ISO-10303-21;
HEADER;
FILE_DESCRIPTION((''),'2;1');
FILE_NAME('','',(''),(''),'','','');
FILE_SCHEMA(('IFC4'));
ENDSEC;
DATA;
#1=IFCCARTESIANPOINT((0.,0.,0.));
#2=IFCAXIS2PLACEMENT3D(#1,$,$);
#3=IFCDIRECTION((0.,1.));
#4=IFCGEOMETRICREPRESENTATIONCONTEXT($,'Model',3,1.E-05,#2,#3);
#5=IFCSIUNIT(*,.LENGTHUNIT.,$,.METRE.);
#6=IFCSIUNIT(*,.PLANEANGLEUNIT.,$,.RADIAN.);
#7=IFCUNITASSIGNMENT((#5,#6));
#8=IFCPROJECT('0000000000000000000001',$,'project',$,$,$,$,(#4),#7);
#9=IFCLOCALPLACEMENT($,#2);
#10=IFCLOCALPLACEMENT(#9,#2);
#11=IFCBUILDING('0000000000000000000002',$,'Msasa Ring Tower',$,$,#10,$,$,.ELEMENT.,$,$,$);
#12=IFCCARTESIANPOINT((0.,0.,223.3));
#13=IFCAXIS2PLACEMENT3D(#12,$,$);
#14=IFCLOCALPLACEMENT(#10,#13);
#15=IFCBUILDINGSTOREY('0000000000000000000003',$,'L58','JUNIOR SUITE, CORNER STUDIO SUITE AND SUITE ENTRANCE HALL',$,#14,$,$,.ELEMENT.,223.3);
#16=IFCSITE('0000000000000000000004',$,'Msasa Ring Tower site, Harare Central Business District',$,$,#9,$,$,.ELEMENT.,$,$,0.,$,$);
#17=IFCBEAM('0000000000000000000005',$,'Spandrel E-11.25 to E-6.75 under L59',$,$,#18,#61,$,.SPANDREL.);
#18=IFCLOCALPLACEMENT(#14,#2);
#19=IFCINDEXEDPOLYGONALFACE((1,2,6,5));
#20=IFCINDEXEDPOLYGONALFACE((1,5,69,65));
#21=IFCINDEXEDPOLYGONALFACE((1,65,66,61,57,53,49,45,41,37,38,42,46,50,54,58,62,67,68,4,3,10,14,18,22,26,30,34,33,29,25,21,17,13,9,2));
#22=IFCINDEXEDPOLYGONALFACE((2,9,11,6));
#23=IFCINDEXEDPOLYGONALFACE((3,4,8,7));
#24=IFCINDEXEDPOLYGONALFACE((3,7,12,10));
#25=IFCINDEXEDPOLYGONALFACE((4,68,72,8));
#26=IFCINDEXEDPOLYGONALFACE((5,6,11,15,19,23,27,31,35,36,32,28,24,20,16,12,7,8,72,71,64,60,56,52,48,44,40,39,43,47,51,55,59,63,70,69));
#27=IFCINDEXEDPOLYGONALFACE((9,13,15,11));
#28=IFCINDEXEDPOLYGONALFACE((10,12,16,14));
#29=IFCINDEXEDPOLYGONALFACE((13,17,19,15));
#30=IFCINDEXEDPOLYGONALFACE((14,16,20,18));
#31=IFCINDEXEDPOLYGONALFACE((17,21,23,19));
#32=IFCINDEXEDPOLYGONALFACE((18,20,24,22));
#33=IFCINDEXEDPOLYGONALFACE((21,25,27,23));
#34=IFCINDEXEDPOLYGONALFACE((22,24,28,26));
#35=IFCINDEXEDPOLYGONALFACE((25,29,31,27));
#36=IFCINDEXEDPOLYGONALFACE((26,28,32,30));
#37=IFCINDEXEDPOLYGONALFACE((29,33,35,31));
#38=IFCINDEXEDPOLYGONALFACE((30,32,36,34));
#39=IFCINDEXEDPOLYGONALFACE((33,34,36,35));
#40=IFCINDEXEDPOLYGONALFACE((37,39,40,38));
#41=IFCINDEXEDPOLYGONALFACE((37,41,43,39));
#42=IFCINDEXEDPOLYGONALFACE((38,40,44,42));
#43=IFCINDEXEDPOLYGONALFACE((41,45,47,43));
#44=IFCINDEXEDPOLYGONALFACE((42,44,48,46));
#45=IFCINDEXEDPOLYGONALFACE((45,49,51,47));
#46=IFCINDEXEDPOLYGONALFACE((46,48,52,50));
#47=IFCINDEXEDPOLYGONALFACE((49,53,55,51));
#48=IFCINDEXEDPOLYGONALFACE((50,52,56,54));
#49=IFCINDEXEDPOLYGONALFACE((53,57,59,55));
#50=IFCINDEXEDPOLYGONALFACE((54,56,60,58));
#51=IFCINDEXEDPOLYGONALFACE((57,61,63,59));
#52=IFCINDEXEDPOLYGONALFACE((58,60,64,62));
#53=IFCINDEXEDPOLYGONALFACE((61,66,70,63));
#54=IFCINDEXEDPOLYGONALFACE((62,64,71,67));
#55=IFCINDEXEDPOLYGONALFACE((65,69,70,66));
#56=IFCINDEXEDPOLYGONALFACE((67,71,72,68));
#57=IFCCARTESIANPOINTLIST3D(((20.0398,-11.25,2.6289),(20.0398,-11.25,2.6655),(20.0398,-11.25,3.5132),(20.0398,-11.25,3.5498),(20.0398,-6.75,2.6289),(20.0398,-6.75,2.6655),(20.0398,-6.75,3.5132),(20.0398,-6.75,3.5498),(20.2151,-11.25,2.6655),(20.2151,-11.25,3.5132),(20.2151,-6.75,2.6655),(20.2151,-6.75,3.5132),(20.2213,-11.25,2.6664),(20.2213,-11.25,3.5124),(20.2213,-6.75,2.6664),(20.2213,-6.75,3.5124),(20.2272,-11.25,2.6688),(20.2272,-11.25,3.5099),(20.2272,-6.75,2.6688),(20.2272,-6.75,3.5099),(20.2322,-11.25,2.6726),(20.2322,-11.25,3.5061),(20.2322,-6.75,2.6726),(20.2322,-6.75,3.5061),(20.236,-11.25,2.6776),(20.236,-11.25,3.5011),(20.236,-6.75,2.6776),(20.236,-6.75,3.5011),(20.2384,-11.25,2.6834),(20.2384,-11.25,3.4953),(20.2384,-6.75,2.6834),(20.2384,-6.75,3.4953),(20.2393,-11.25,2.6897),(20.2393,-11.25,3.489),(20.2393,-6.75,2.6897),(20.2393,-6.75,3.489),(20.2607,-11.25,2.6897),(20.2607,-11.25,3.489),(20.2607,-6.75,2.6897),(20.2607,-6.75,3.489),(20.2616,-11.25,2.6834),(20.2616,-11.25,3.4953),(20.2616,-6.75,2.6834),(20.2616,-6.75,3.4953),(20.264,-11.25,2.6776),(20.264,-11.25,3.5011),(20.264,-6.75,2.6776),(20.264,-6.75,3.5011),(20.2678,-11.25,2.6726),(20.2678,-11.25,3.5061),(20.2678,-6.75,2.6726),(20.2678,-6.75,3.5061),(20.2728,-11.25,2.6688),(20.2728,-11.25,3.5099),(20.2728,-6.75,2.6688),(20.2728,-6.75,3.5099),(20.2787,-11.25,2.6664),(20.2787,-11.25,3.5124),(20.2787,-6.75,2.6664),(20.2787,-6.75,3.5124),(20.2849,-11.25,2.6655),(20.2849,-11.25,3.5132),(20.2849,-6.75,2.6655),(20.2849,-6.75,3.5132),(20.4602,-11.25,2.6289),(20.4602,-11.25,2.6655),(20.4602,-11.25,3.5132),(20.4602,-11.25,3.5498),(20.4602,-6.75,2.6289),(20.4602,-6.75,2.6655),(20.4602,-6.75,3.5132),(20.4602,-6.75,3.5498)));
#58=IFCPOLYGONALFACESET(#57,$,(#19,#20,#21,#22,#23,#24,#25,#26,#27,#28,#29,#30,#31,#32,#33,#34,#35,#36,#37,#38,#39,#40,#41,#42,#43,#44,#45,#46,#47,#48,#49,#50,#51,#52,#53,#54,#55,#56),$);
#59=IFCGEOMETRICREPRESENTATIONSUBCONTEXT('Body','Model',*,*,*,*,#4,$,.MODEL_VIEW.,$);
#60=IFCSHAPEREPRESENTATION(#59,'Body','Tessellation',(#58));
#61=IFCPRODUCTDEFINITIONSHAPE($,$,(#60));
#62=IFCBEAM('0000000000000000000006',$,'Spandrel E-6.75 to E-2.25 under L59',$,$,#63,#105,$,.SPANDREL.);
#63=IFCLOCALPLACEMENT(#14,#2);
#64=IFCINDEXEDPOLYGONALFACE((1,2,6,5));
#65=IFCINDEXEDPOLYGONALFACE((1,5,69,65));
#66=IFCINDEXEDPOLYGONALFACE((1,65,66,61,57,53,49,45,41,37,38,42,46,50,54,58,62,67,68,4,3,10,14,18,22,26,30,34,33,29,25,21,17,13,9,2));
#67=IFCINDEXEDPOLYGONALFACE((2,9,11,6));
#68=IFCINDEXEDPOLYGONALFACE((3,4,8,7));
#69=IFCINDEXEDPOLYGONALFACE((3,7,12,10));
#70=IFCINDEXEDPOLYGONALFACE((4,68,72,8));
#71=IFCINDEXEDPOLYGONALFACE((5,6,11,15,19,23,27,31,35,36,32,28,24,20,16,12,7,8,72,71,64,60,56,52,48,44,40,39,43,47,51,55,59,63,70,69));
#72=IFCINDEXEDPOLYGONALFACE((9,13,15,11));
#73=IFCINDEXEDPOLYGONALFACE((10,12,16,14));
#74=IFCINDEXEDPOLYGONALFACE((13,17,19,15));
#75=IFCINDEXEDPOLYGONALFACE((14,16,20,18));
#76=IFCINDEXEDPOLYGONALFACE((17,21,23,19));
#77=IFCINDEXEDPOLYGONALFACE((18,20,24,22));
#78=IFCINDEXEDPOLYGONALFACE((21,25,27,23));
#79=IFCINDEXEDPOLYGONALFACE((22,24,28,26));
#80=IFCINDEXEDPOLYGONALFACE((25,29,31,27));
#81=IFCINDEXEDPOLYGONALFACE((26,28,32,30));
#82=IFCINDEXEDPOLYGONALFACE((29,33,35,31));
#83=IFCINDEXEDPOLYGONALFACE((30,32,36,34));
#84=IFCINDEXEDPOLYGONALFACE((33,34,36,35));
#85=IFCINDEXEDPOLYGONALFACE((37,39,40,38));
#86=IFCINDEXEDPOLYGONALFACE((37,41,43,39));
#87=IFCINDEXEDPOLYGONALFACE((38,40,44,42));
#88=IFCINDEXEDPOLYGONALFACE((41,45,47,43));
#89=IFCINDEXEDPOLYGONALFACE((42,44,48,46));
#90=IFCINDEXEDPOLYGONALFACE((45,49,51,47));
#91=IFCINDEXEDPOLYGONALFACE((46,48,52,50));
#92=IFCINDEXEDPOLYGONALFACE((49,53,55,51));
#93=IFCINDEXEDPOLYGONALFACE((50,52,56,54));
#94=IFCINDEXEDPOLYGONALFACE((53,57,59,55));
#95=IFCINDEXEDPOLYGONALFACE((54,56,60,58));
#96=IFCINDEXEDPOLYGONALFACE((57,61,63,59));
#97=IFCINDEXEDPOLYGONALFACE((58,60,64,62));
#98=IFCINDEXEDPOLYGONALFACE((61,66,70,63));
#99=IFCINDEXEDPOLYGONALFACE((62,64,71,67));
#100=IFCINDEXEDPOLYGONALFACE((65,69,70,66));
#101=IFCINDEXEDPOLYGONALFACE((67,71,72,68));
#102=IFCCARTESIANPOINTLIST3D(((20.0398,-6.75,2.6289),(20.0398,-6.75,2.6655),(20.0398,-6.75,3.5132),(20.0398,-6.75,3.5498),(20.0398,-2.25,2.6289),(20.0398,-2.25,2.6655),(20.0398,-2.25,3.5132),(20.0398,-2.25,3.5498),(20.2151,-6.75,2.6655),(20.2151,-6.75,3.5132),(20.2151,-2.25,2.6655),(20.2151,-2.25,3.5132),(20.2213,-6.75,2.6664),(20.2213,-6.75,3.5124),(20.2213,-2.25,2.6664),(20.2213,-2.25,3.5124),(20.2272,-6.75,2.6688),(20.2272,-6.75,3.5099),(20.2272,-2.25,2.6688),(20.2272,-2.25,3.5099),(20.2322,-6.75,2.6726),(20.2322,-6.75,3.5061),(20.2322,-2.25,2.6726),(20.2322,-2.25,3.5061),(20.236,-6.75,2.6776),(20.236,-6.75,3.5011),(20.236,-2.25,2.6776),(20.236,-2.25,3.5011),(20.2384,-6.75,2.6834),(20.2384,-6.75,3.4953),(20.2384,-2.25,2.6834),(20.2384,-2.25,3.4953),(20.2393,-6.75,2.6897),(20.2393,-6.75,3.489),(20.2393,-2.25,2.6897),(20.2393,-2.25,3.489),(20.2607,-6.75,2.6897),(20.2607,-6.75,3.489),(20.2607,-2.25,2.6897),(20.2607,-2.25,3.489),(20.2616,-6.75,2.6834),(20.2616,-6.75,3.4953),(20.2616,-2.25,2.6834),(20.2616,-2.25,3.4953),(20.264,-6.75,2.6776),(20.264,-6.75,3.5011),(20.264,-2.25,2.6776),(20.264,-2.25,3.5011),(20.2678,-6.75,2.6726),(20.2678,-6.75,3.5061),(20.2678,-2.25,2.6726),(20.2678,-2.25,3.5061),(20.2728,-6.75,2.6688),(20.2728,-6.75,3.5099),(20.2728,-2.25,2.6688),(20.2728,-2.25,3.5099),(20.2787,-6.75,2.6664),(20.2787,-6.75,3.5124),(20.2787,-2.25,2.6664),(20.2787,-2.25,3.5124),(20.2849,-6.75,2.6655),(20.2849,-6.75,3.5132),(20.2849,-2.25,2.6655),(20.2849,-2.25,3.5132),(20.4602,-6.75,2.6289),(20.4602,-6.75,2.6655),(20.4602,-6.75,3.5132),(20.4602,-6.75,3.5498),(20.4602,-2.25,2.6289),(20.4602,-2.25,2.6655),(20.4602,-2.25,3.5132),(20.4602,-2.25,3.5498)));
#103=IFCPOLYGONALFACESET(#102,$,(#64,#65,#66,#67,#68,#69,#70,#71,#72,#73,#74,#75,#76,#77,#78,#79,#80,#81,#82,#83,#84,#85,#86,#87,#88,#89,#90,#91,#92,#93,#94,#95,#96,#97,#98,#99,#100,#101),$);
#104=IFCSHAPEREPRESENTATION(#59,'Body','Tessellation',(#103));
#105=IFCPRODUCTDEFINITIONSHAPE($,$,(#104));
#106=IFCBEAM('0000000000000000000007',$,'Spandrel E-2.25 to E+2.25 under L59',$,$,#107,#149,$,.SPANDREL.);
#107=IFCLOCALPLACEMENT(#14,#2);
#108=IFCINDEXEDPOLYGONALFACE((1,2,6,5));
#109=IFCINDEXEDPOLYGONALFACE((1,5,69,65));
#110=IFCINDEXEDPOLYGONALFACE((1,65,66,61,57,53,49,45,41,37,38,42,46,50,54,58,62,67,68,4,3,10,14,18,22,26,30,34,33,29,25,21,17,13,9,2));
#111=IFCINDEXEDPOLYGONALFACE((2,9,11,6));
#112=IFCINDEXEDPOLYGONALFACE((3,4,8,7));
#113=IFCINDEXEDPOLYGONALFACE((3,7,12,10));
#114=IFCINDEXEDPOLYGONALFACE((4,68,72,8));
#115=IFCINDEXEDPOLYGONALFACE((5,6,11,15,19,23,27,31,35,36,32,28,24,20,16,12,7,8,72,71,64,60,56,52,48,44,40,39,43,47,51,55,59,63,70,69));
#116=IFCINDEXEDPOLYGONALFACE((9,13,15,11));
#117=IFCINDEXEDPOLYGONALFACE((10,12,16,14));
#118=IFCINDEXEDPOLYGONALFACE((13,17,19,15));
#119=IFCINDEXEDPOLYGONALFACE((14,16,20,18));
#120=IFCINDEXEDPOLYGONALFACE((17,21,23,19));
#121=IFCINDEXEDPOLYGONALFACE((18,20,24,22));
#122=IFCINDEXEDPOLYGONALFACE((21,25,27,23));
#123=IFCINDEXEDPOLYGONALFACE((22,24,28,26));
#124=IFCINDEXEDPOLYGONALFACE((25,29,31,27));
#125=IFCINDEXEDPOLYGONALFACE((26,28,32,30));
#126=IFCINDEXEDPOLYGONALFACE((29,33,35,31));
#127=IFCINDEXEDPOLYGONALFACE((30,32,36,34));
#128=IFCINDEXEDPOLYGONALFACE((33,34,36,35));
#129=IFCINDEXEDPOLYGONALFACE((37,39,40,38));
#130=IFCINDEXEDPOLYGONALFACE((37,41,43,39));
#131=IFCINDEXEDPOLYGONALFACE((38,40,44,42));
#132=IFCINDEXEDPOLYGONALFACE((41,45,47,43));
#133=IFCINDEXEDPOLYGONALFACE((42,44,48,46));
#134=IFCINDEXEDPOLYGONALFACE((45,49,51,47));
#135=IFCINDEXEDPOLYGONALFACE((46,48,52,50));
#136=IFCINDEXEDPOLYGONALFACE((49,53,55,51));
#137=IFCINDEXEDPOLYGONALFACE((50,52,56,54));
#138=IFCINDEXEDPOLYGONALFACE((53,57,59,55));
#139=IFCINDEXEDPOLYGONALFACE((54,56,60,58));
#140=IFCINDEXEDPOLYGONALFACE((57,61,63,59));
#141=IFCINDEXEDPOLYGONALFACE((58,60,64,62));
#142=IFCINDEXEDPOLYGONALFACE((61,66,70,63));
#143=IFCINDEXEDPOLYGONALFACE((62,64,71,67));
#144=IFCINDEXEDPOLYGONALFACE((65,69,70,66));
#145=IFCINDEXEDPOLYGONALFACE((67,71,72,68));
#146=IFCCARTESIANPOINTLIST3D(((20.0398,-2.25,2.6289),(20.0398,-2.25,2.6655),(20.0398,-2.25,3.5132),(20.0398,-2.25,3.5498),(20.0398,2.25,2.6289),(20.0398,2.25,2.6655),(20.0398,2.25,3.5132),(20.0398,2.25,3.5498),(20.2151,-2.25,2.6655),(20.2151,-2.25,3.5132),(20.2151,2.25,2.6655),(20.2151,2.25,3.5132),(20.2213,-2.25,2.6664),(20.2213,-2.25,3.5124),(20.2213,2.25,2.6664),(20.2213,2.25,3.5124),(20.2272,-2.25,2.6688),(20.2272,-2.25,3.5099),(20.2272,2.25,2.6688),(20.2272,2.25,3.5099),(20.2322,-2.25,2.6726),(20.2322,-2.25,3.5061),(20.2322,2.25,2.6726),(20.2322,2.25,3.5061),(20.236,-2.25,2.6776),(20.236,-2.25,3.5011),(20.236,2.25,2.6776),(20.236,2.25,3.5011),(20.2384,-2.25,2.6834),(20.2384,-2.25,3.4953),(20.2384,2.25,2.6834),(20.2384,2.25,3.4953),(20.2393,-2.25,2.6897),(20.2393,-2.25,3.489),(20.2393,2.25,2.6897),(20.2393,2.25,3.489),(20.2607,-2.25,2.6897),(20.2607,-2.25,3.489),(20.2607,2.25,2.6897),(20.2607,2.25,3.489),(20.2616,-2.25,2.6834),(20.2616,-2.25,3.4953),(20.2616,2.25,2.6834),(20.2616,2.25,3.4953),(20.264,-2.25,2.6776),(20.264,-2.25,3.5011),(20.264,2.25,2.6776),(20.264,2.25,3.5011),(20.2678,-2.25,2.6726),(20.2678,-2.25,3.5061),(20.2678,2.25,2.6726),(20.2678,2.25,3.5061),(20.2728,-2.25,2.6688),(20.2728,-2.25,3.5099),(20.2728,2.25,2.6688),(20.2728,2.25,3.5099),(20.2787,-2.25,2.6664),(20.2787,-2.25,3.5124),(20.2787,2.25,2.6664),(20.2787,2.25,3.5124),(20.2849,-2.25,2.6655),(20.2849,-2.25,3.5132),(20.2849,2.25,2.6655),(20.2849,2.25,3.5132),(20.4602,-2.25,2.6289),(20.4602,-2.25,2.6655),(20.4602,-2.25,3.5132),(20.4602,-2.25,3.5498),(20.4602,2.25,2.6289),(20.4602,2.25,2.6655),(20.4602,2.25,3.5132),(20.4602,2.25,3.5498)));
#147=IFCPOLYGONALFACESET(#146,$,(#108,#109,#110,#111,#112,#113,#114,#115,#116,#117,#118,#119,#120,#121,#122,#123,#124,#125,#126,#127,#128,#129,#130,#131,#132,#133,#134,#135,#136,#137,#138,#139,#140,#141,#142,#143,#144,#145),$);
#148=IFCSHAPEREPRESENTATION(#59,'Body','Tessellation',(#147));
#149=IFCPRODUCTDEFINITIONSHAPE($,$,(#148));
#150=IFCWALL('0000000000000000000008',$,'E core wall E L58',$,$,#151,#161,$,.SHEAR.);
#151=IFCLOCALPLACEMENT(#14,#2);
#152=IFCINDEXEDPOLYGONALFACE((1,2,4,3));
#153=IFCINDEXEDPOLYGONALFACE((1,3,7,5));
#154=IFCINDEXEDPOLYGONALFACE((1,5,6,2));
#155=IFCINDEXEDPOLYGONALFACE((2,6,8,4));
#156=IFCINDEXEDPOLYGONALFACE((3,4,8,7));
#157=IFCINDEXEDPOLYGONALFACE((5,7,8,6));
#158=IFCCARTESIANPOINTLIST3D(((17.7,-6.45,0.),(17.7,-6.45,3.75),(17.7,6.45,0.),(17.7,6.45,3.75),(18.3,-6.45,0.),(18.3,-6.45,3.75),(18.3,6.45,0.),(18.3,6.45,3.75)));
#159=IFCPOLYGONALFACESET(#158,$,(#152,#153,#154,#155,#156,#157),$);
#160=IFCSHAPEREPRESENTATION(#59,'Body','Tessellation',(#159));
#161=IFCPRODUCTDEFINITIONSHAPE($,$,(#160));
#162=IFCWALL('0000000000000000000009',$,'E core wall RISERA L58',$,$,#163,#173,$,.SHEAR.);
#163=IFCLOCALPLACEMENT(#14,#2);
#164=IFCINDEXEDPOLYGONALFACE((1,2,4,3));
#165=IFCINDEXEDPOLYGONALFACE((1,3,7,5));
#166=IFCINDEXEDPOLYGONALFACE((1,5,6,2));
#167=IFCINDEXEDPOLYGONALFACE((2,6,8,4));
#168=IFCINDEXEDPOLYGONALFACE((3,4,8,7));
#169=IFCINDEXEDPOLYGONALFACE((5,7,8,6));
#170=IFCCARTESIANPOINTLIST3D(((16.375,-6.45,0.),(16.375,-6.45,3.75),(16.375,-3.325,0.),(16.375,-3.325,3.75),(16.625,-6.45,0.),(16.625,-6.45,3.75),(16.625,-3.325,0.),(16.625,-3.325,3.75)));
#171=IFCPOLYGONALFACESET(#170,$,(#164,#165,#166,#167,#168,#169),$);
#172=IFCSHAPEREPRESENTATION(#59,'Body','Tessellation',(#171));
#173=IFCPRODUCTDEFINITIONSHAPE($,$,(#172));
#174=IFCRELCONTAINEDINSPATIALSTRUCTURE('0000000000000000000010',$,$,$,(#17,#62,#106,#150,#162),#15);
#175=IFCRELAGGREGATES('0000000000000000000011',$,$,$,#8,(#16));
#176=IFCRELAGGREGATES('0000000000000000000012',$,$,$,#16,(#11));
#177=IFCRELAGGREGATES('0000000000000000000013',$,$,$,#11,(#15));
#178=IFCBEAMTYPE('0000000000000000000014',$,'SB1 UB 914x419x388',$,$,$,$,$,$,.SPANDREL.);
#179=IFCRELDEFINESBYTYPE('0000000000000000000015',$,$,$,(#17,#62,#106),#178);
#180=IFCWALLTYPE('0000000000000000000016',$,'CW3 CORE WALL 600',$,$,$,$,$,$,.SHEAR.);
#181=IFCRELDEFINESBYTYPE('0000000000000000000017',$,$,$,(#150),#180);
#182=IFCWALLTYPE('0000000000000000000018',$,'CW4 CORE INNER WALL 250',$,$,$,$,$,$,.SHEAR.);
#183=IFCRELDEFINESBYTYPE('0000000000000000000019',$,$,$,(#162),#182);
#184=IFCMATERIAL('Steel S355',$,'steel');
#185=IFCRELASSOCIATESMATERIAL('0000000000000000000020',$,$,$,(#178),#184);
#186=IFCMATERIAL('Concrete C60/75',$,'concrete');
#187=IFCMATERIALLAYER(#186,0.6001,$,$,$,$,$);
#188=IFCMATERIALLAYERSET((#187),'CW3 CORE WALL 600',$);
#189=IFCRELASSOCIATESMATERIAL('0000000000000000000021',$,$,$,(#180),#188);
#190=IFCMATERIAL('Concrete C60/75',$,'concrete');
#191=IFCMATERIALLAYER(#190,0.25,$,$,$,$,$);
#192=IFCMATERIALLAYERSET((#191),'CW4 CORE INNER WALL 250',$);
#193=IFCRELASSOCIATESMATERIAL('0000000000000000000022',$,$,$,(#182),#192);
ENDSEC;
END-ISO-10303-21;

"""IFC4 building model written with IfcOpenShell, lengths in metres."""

from ifc_helpers import new_model, si_unit, direction, frame, frame_2d, origin, origin_2d, place, context, subcontext, project, spatial, rectangle, i_section, extrude, material, layer, layer_set, material_profile, profile_set, type_object, element, save


model = new_model("IFC4")

# Units and contexts
model_context = context("Model", 3, precision=1e-05, world=origin(), true_north=direction((0.0, 1.0)))
body_context = subcontext(model_context, "Body", "Model", "MODEL_VIEW")
ifc_project = project(units=[si_unit("LENGTHUNIT", "METRE"), si_unit("PLANEANGLEUNIT", "RADIAN")], contexts=[model_context])

# Site, building, storey
site_placement = place(None, origin())
site = spatial("IfcSite", under=ifc_project, at=site_placement, Name="Msasa Ring Tower site, Harare Central Business District", CompositionType="ELEMENT", RefElevation=0.0)
building_placement = place(site_placement, origin())
building = spatial("IfcBuilding", under=site, at=building_placement, Name="Msasa Ring Tower", CompositionType="ELEMENT")
storey_placement = place(building_placement, frame((0.0, 0.0, 223.3)))
storey = spatial("IfcBuildingStorey", under=building, at=storey_placement, Name="L58", Description="JUNIOR SUITE, CORNER STUDIO SUITE AND SUITE ENTRANCE HALL", CompositionType="ELEMENT", Elevation=223.3)

# Beams
ifc_material_1 = material(Name="Steel S355", Category="steel")
ifc_material_profile_1 = material_profile(ifc_material_1, i_section(OverallWidth=0.4204, OverallDepth=0.9209, WebThickness=0.0215, FlangeThickness=0.0366, FilletRadius=0.0242, at=origin_2d()), Name="UB 914x419x388")
ifc_profile_set_1 = profile_set([ifc_material_profile_1], Name="Steel S355")
beam_type_1 = type_object("IfcBeamType", Name="SB1 UB 914x419x388", PredefinedType="SPANDREL", material=ifc_profile_set_1)
for number, where, z_axis, x_axis, name in (
    (1, (20.25, -11.25, 3.0894), (0.0, 1.0, 0.0), (-1.0, 0.0, 0.0), "Spandrel E-11.25 to E-6.75 under L59"),
    (2, (20.25, -6.75, 3.0894), (0.0, 1.0, 0.0), (-1.0, 0.0, 0.0), "Spandrel E-6.75 to E-2.25 under L59"),
    (3, (20.25, -2.25, 3.0894), (0.0, 1.0, 0.0), (-1.0, 0.0, 0.0), "Spandrel E-2.25 to E+2.25 under L59"),
):
    element("IfcBeam", number, at=place(storey_placement, frame(where, z_axis=z_axis, x_axis=x_axis)), inside=storey, type_object=beam_type_1, Name=name, PredefinedType="SPANDREL", context=body_context, shape_type="SweptSolid", body=[
        extrude(i_section(OverallWidth=0.4204, OverallDepth=0.9209, WebThickness=0.0215, FlangeThickness=0.0366, FilletRadius=0.0242, at=origin_2d()), origin(), (0.0, 0.0, 1.0), 4.5),
    ])

# Walls
ifc_material_2 = material(Name="Concrete C60/75", Category="concrete")
ifc_layer_1 = layer(ifc_material_2, 0.6001)
ifc_layer_set_1 = layer_set([ifc_layer_1], Name="CW3 CORE WALL 600")
wall_type_1 = type_object("IfcWallType", Name="CW3 CORE WALL 600", PredefinedType="SHEAR", material=ifc_layer_set_1)
wall_1_placement = place(storey_placement, frame((18.0, -6.45, 0.0), z_axis=(0.0, 0.0, 1.0), x_axis=(0.0, 1.0, 0.0)))
element("IfcWall", 4, at=wall_1_placement, inside=storey, type_object=wall_type_1, Name="E core wall E L58", PredefinedType="SHEAR", context=body_context, shape_type="SweptSolid", body=[
    extrude(rectangle(XDim=12.8999, YDim=0.6001, at=frame_2d((6.45, 0.0))), origin(), (0.0, 0.0, 1.0), 3.75),
])
ifc_material_3 = material(Name="Concrete C60/75", Category="concrete")
ifc_layer_2 = layer(ifc_material_3, 0.25)
ifc_layer_set_2 = layer_set([ifc_layer_2], Name="CW4 CORE INNER WALL 250")
wall_type_2 = type_object("IfcWallType", Name="CW4 CORE INNER WALL 250", PredefinedType="SHEAR", material=ifc_layer_set_2)
wall_2_placement = place(storey_placement, frame((16.5, -6.45, 0.0), z_axis=(0.0, 0.0, 1.0), x_axis=(0.0, 1.0, 0.0)))
element("IfcWall", 5, at=wall_2_placement, inside=storey, type_object=wall_type_2, Name="E core wall RISERA L58", PredefinedType="SHEAR", context=body_context, shape_type="SweptSolid", body=[
    extrude(rectangle(XDim=3.125, YDim=0.25, at=frame_2d((1.5625, 0.0))), origin(), (0.0, 0.0, 1.0), 3.75),
])

save(model, "model.ifc")
